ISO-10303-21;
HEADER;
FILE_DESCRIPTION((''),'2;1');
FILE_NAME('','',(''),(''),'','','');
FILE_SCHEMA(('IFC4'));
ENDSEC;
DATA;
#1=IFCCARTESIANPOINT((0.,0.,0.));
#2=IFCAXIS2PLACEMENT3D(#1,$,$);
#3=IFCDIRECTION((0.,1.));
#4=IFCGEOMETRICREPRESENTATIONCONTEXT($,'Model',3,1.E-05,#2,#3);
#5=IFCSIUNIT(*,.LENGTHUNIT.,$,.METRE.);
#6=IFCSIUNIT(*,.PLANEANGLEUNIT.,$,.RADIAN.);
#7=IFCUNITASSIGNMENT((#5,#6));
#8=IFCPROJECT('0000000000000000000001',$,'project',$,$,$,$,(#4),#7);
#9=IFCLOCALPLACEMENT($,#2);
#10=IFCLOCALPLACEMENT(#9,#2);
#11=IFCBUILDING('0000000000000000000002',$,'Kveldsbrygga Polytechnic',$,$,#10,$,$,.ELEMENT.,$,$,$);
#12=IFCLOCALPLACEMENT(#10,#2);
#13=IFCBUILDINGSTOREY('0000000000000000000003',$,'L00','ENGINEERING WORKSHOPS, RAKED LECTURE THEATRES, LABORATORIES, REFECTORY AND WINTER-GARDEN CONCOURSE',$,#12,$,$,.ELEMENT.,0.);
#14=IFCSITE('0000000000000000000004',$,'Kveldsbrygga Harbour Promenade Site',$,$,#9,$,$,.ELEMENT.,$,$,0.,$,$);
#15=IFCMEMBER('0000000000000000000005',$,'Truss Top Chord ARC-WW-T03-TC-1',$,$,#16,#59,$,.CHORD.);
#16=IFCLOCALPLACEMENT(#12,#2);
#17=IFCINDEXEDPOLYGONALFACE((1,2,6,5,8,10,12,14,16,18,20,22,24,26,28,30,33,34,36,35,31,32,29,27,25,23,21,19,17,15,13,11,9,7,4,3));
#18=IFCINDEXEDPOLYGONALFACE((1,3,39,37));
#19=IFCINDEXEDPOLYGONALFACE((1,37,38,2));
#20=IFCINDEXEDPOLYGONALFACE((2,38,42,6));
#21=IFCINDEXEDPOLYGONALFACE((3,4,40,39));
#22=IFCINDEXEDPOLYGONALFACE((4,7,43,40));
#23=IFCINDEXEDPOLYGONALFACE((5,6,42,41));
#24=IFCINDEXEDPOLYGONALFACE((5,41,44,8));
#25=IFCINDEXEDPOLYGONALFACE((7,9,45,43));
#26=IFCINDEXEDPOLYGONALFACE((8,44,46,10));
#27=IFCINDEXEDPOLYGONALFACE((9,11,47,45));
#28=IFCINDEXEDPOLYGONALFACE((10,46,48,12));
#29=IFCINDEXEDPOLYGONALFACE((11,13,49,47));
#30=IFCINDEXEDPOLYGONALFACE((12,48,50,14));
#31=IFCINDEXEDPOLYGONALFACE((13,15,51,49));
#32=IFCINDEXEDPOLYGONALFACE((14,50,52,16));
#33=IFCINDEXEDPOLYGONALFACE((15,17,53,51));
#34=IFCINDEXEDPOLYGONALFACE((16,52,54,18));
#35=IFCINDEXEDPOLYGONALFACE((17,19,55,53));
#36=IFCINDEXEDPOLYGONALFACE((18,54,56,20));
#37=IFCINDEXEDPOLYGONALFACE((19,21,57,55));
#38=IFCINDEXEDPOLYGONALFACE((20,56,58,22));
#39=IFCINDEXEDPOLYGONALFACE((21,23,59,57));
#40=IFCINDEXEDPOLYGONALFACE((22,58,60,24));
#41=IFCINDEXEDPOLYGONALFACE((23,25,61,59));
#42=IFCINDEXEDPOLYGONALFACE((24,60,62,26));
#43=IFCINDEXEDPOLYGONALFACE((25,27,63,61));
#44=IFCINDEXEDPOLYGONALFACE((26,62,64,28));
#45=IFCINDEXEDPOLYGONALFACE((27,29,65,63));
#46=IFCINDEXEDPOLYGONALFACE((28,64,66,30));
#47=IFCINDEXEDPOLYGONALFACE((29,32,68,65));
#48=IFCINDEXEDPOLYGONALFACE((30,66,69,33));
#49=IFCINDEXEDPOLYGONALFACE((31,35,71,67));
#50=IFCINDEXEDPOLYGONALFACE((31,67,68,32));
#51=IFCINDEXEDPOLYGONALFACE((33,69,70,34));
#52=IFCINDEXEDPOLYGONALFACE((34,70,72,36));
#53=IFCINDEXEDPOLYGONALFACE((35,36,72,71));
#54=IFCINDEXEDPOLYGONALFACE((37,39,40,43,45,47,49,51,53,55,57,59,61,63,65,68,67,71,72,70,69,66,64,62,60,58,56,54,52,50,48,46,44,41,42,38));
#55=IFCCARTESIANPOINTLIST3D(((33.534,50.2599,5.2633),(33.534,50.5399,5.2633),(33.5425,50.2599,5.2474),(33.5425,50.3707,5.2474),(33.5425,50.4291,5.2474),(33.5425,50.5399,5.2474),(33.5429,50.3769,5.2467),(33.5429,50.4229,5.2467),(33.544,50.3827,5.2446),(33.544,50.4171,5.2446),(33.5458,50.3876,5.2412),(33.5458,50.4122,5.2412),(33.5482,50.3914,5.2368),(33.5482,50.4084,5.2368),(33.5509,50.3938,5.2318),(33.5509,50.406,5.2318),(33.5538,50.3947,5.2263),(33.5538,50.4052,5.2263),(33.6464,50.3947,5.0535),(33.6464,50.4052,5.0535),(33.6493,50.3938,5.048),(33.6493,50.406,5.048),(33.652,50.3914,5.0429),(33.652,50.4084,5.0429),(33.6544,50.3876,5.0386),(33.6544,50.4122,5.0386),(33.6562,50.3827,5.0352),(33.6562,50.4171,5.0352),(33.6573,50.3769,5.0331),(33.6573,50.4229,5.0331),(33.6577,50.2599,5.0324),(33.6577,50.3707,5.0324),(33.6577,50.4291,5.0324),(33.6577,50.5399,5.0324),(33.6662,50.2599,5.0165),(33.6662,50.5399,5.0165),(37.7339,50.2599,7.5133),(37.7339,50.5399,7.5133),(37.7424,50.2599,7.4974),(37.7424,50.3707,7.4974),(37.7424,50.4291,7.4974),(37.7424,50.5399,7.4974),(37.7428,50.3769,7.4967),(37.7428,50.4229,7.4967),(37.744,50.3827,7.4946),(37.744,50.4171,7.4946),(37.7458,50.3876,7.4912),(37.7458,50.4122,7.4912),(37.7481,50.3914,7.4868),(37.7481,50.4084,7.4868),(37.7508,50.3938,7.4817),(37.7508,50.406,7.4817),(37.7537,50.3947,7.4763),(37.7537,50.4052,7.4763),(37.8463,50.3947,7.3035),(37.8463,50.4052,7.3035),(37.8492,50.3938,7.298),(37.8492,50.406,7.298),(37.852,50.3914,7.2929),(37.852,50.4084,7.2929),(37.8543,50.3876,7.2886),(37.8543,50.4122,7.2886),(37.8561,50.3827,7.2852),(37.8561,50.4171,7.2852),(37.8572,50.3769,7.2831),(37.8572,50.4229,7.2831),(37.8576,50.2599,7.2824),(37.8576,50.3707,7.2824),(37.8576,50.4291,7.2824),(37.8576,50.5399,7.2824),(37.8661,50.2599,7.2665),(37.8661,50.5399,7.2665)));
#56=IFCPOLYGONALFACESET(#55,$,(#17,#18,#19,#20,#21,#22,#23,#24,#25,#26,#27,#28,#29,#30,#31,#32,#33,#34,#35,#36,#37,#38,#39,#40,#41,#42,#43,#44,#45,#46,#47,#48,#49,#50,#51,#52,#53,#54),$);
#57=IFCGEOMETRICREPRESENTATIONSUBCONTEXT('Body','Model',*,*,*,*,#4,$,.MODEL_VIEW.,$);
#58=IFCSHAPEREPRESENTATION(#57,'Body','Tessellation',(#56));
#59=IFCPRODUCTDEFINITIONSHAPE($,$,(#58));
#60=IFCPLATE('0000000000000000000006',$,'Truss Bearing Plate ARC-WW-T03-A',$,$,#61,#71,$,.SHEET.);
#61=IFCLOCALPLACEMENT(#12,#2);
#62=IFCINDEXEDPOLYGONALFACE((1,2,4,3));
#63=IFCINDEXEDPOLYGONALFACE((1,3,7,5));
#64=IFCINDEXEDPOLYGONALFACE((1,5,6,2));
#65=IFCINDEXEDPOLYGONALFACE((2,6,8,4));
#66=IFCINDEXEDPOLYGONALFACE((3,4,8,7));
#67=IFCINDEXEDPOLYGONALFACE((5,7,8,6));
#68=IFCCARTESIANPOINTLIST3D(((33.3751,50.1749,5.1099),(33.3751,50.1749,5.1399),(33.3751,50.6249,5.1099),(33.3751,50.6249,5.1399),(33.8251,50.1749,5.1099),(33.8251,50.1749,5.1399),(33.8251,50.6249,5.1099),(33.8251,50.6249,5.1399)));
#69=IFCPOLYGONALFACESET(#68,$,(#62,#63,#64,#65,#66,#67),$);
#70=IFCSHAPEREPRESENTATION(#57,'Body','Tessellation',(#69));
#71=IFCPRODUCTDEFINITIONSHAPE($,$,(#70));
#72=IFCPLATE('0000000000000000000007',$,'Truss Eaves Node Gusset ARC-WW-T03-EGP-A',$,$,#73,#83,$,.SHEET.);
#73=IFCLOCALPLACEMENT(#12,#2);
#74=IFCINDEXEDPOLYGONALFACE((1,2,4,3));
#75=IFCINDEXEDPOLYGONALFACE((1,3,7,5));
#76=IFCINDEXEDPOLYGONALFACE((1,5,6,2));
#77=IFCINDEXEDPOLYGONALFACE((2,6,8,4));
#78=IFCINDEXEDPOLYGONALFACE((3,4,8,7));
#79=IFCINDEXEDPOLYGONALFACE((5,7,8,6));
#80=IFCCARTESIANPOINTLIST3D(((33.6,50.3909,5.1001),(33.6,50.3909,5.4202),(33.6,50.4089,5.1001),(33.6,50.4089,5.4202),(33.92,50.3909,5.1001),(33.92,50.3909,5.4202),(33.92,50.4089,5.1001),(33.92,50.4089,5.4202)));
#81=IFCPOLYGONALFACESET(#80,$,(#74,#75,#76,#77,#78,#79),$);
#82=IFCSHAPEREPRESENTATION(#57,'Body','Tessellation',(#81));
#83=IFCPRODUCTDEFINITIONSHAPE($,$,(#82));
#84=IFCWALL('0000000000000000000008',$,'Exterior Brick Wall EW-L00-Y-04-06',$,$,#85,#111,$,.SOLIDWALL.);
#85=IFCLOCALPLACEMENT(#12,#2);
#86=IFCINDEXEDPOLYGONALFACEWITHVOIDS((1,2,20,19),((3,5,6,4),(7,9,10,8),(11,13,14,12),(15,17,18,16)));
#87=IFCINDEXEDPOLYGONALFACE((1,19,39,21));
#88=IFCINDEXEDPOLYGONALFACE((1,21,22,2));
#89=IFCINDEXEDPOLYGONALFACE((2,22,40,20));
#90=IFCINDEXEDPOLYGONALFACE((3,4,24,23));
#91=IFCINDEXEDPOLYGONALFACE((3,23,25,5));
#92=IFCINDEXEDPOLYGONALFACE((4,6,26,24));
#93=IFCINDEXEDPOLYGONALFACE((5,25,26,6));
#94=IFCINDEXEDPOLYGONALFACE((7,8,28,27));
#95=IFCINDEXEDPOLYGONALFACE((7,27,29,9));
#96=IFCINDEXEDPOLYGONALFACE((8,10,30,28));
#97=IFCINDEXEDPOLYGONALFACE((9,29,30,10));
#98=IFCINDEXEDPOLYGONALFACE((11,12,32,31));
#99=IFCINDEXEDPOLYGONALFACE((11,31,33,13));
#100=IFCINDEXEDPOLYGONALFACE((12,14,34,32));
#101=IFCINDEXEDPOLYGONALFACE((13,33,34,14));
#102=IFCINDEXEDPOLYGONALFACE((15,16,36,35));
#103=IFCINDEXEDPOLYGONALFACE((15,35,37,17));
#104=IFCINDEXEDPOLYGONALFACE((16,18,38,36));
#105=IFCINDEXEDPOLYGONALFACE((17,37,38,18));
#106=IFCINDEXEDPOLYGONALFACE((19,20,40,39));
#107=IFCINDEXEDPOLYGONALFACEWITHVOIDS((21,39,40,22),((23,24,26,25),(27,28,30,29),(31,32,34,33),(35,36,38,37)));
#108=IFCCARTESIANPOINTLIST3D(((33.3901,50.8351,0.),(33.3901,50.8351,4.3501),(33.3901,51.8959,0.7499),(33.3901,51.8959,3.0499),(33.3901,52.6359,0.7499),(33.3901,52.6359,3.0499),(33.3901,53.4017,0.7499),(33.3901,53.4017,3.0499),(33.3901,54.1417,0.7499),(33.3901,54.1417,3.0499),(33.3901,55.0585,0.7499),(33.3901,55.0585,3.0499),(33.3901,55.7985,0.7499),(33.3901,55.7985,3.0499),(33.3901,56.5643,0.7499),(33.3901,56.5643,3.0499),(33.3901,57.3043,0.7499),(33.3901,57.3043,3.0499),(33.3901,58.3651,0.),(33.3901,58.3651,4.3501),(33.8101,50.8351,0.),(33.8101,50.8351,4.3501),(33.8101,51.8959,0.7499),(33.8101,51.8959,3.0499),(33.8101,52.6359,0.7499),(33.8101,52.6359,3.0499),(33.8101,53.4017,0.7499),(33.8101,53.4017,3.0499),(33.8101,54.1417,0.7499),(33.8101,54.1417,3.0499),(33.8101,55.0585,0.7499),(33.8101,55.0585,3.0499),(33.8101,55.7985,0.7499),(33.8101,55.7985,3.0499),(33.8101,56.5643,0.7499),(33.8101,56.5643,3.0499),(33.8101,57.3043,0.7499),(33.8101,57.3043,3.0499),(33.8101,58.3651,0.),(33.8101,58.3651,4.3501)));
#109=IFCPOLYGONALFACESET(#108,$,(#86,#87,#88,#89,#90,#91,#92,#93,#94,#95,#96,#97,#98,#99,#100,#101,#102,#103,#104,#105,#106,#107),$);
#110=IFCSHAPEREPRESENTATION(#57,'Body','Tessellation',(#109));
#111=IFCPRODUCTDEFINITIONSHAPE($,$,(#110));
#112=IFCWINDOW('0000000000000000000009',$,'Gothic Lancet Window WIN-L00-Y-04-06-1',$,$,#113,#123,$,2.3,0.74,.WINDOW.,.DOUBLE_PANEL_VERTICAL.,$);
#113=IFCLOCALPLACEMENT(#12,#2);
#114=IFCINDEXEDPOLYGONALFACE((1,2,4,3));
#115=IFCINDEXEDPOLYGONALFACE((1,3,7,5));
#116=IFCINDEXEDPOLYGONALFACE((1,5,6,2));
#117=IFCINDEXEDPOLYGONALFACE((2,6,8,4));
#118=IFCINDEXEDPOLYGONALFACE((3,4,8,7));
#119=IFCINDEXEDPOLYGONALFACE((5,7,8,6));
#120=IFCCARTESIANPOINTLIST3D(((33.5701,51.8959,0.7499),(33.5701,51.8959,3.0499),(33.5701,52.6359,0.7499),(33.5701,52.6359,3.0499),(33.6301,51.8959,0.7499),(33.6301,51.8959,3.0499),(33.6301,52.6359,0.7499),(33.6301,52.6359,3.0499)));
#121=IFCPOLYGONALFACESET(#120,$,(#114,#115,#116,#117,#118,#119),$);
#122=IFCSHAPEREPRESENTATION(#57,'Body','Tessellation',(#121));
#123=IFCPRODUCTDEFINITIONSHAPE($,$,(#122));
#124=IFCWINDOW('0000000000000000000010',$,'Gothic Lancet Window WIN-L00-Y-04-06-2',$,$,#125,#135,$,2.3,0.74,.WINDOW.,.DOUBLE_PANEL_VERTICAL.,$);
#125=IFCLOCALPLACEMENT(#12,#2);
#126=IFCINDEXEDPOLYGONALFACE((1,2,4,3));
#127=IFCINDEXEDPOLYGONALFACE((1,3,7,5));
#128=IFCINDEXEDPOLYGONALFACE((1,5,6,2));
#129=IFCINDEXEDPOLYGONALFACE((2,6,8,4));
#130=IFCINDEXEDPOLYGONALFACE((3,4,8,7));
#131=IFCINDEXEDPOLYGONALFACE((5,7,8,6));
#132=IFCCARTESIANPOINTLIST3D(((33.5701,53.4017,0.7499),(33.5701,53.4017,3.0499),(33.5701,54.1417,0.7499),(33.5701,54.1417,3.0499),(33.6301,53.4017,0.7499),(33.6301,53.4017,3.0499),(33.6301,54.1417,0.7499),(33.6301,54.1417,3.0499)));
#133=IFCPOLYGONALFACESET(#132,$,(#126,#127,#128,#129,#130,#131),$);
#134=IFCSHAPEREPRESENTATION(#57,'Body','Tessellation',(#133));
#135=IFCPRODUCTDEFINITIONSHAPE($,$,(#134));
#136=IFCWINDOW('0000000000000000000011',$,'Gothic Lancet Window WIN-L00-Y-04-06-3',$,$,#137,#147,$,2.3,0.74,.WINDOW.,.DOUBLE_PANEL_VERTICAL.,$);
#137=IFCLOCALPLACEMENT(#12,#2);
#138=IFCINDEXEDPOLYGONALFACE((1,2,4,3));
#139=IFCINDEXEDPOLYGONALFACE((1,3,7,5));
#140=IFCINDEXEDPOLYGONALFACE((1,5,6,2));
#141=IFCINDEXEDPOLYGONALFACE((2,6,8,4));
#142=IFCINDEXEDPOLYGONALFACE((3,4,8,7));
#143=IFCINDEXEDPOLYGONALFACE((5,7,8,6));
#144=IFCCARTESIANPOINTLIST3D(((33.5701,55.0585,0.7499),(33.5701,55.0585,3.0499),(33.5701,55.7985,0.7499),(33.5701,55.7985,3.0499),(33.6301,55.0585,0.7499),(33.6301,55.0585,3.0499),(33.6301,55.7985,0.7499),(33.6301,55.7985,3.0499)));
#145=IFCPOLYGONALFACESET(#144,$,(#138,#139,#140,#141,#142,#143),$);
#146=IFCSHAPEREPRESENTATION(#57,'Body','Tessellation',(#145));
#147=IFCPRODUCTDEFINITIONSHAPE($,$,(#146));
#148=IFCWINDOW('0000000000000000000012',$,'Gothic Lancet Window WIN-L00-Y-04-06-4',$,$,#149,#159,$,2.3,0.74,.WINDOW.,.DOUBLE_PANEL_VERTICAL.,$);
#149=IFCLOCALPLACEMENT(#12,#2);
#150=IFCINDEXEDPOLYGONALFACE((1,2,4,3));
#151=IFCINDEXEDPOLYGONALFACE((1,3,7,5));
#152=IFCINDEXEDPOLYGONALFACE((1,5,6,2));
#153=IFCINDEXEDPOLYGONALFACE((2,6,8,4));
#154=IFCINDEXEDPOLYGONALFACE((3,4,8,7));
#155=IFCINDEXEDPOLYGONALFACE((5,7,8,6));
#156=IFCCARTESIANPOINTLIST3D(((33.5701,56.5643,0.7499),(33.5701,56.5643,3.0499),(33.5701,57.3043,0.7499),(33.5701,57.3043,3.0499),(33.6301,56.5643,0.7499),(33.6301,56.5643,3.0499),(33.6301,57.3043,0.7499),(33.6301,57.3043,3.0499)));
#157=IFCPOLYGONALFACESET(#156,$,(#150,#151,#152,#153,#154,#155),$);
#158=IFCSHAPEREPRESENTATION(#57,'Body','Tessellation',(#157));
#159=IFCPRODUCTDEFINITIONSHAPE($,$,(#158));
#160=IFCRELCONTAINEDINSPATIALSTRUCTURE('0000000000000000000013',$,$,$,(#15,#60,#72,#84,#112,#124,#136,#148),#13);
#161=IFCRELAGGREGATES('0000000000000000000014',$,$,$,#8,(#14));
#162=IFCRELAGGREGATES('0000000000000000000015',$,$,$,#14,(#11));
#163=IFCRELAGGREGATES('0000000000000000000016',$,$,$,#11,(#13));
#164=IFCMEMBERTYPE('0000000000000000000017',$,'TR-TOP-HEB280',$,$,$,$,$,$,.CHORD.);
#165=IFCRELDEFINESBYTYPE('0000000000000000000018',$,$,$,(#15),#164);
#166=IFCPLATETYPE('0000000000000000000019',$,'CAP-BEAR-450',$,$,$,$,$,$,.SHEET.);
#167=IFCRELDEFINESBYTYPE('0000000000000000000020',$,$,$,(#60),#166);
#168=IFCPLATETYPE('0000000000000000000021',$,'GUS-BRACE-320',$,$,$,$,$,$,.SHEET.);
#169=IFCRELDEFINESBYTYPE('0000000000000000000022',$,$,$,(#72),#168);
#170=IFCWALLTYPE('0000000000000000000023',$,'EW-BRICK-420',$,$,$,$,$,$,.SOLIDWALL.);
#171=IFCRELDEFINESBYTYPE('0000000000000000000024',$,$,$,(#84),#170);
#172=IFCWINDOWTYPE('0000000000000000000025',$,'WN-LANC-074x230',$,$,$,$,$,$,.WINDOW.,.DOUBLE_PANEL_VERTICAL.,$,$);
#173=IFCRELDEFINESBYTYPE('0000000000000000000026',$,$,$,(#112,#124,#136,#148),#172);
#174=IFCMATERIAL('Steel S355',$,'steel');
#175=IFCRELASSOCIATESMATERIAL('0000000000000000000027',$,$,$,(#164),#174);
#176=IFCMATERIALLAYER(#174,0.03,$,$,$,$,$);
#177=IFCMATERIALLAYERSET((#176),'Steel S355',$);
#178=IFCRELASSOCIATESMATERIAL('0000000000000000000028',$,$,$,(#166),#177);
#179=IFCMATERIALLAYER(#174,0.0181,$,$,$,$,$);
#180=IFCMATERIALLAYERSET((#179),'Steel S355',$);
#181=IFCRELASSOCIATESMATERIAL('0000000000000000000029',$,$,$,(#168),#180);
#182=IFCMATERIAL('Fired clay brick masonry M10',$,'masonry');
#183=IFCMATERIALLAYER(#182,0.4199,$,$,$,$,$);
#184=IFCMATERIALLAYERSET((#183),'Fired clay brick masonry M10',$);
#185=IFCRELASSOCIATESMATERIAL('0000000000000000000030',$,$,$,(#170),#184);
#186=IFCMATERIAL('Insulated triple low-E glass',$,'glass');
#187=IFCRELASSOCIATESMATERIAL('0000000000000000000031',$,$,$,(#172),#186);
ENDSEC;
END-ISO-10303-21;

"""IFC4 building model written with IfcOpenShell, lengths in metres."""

from ifc_helpers import new_model, si_unit, direction, frame, frame_2d, origin, origin_2d, place, context, subcontext, project, spatial, rectangle, i_section, extrude, material, layer, layer_set, material_profile, profile_set, type_object, element, fill, save


model = new_model("IFC4")

# Units and contexts
model_context = context("Model", 3, precision=1e-05, world=origin(), true_north=direction((0.0, 1.0)))
body_context = subcontext(model_context, "Body", "Model", "MODEL_VIEW")
ifc_project = project(units=[si_unit("LENGTHUNIT", "METRE"), si_unit("PLANEANGLEUNIT", "RADIAN")], contexts=[model_context])

# Site, building, storey
site_placement = place(None, origin())
site = spatial("IfcSite", under=ifc_project, at=site_placement, Name="Kveldsbrygga Harbour Promenade Site", CompositionType="ELEMENT", RefElevation=0.0)
building_placement = place(site_placement, origin())
building = spatial("IfcBuilding", under=site, at=building_placement, Name="Kveldsbrygga Polytechnic", CompositionType="ELEMENT")
storey_placement = place(building_placement, origin())
storey = spatial("IfcBuildingStorey", under=building, at=storey_placement, Name="L00", Description="ENGINEERING WORKSHOPS, RAKED LECTURE THEATRES, LABORATORIES, REFECTORY AND WINTER-GARDEN CONCOURSE", CompositionType="ELEMENT", Elevation=0.0)

# Member
ifc_material_1 = material(Name="Steel S355", Category="steel")
ifc_material_profile_1 = material_profile(ifc_material_1, i_section(OverallWidth=0.28, OverallDepth=0.28, WebThickness=0.0105, FlangeThickness=0.0181, FilletRadius=0.0239, at=origin_2d()), Name="HEB 280")
ifc_profile_set_1 = profile_set([ifc_material_profile_1], Name="Steel S355")
member_type_1 = type_object("IfcMemberType", Name="TR-TOP-HEB280", PredefinedType="CHORD", material=ifc_profile_set_1)
member_1_placement = place(storey_placement, frame((33.6001, 50.3999, 5.1399), z_axis=(0.881478, 0.0, 0.472226), x_axis=(0.0, 1.0, 0.0)))
element("IfcMember", 1, at=member_1_placement, inside=storey, type_object=member_type_1, Name="Truss Top Chord ARC-WW-T03-TC-1", PredefinedType="CHORD", context=body_context, shape_type="SweptSolid", body=[
    extrude(i_section(OverallWidth=0.28, OverallDepth=0.28, WebThickness=0.0105, FlangeThickness=0.0181, FilletRadius=0.0239, at=origin_2d()), origin(), (0.0, 0.0, 1.0), 4.7646),
])

# Plates
ifc_layer_1 = layer(ifc_material_1, 0.03)
ifc_layer_set_1 = layer_set([ifc_layer_1], Name="Steel S355")
plate_type_1 = type_object("IfcPlateType", Name="CAP-BEAR-450", PredefinedType="SHEET", material=ifc_layer_set_1)
plate_1_placement = place(storey_placement, frame((33.6001, 50.3999, 5.1099), z_axis=(0.0, 0.0, 1.0), x_axis=(1.0, 0.0, 0.0)))
element("IfcPlate", 2, at=plate_1_placement, inside=storey, type_object=plate_type_1, Name="Truss Bearing Plate ARC-WW-T03-A", PredefinedType="SHEET", context=body_context, shape_type="SweptSolid", body=[
    extrude(rectangle(XDim=0.45, YDim=0.45, at=origin_2d()), origin(), (0.0, 0.0, 1.0), 0.03),
])
ifc_layer_2 = layer(ifc_material_1, 0.0181)
ifc_layer_set_2 = layer_set([ifc_layer_2], Name="Steel S355")
plate_type_2 = type_object("IfcPlateType", Name="GUS-BRACE-320", PredefinedType="SHEET", material=ifc_layer_set_2)
plate_2_placement = place(storey_placement, frame((33.76, 50.3999, 5.1001), z_axis=(0.0, 0.0, 1.0), x_axis=(1.0, 0.0, 0.0)))
element("IfcPlate", 3, at=plate_2_placement, inside=storey, type_object=plate_type_2, Name="Truss Eaves Node Gusset ARC-WW-T03-EGP-A", PredefinedType="SHEET", context=body_context, shape_type="SweptSolid", body=[
    extrude(rectangle(XDim=0.3201, YDim=0.0181, at=origin_2d()), origin(), (0.0, 0.0, 1.0), 0.3201),
])

# Wall, openings, windows
ifc_material_2 = material(Name="Fired clay brick masonry M10", Category="masonry")
ifc_layer_3 = layer(ifc_material_2, 0.4199)
ifc_layer_set_3 = layer_set([ifc_layer_3], Name="Fired clay brick masonry M10")
wall_type = type_object("IfcWallType", Name="EW-BRICK-420", PredefinedType="SOLIDWALL", material=ifc_layer_set_3)
wall_placement = place(storey_placement, frame((33.6001, 50.835, 0.0), z_axis=(0.0, 0.0, 1.0), x_axis=(0.0, 1.0, 0.0)))
wall = element("IfcWall", 4, at=wall_placement, inside=storey, type_object=wall_type, Name="Exterior Brick Wall EW-L00-Y-04-06", PredefinedType="SOLIDWALL", context=body_context, shape_type="SweptSolid", body=[
    extrude(rectangle(XDim=7.53, YDim=0.4199, at=frame_2d((3.7651, 0.0))), origin(), (0.0, 0.0, 1.0), 4.3501),
])
opening_1_placement = place(wall_placement, frame((1.0608, 0.0, 0.75)))
opening_1 = element("IfcOpeningElement", 5, at=opening_1_placement, cuts=wall, PredefinedType="OPENING", context=body_context, shape_type="SweptSolid", body=[
    extrude(rectangle(XDim=0.74, YDim=2.3, at=frame_2d((0.3701, 1.1499))), frame((0.0, 0.22, 0.0), z_axis=(0.0, -1.0, 0.0), x_axis=(1.0, 0.0, 0.0)), (0.0, 0.0, 1.0), 0.4399),
])
opening_2_placement = place(wall_placement, frame((2.5667, 0.0, 0.75)))
opening_2 = element("IfcOpeningElement", 6, at=opening_2_placement, cuts=wall, PredefinedType="OPENING", context=body_context, shape_type="SweptSolid", body=[
    extrude(rectangle(XDim=0.74, YDim=2.3, at=frame_2d((0.3701, 1.1499))), frame((0.0, 0.22, 0.0), z_axis=(0.0, -1.0, 0.0), x_axis=(1.0, 0.0, 0.0)), (0.0, 0.0, 1.0), 0.4399),
])
opening_3_placement = place(wall_placement, frame((4.2234, 0.0, 0.75)))
opening_3 = element("IfcOpeningElement", 7, at=opening_3_placement, cuts=wall, PredefinedType="OPENING", context=body_context, shape_type="SweptSolid", body=[
    extrude(rectangle(XDim=0.74, YDim=2.3, at=frame_2d((0.3701, 1.1499))), frame((0.0, 0.22, 0.0), z_axis=(0.0, -1.0, 0.0), x_axis=(1.0, 0.0, 0.0)), (0.0, 0.0, 1.0), 0.4399),
])
opening_4_placement = place(wall_placement, frame((5.7292, 0.0, 0.75)))
opening_4 = element("IfcOpeningElement", 8, at=opening_4_placement, cuts=wall, PredefinedType="OPENING", context=body_context, shape_type="SweptSolid", body=[
    extrude(rectangle(XDim=0.74, YDim=2.3, at=frame_2d((0.3701, 1.1499))), frame((0.0, 0.22, 0.0), z_axis=(0.0, -1.0, 0.0), x_axis=(1.0, 0.0, 0.0)), (0.0, 0.0, 1.0), 0.4399),
])
ifc_material_3 = material(Name="Insulated triple low-E glass", Category="glass")
window_type = type_object("IfcWindowType", Name="WN-LANC-074x230", PartitioningType="DOUBLE_PANEL_VERTICAL", PredefinedType="WINDOW", material=ifc_material_3)
window_1_placement = place(opening_1_placement, origin())
window_1 = element("IfcWindow", 9, at=window_1_placement, inside=storey, type_object=window_type, Name="Gothic Lancet Window WIN-L00-Y-04-06-1", OverallHeight=2.3, OverallWidth=0.74, PartitioningType="DOUBLE_PANEL_VERTICAL", PredefinedType="WINDOW", context=body_context, shape_type="SweptSolid", body=[
    extrude(rectangle(XDim=0.74, YDim=2.3, at=frame_2d((0.3701, 1.1499))), frame((0.0, 0.03, 0.0), z_axis=(0.0, -1.0, 0.0), x_axis=(1.0, 0.0, 0.0)), (0.0, 0.0, 1.0), 0.0601),
])
fill(opening_1, window_1)
window_2_placement = place(opening_2_placement, origin())
window_2 = element("IfcWindow", 10, at=window_2_placement, inside=storey, type_object=window_type, Name="Gothic Lancet Window WIN-L00-Y-04-06-2", OverallHeight=2.3, OverallWidth=0.74, PartitioningType="DOUBLE_PANEL_VERTICAL", PredefinedType="WINDOW", context=body_context, shape_type="SweptSolid", body=[
    extrude(rectangle(XDim=0.74, YDim=2.3, at=frame_2d((0.3701, 1.1499))), frame((0.0, 0.03, 0.0), z_axis=(0.0, -1.0, 0.0), x_axis=(1.0, 0.0, 0.0)), (0.0, 0.0, 1.0), 0.0601),
])
fill(opening_2, window_2)
window_3_placement = place(opening_3_placement, origin())
window_3 = element("IfcWindow", 11, at=window_3_placement, inside=storey, type_object=window_type, Name="Gothic Lancet Window WIN-L00-Y-04-06-3", OverallHeight=2.3, OverallWidth=0.74, PartitioningType="DOUBLE_PANEL_VERTICAL", PredefinedType="WINDOW", context=body_context, shape_type="SweptSolid", body=[
    extrude(rectangle(XDim=0.74, YDim=2.3, at=frame_2d((0.3701, 1.1499))), frame((0.0, 0.03, 0.0), z_axis=(0.0, -1.0, 0.0), x_axis=(1.0, 0.0, 0.0)), (0.0, 0.0, 1.0), 0.0601),
])
fill(opening_3, window_3)
window_4_placement = place(opening_4_placement, origin())
window_4 = element("IfcWindow", 12, at=window_4_placement, inside=storey, type_object=window_type, Name="Gothic Lancet Window WIN-L00-Y-04-06-4", OverallHeight=2.3, OverallWidth=0.74, PartitioningType="DOUBLE_PANEL_VERTICAL", PredefinedType="WINDOW", context=body_context, shape_type="SweptSolid", body=[
    extrude(rectangle(XDim=0.74, YDim=2.3, at=frame_2d((0.3701, 1.1499))), frame((0.0, 0.03, 0.0), z_axis=(0.0, -1.0, 0.0), x_axis=(1.0, 0.0, 0.0)), (0.0, 0.0, 1.0), 0.0601),
])
fill(opening_4, window_4)

save(model, "model.ifc")
